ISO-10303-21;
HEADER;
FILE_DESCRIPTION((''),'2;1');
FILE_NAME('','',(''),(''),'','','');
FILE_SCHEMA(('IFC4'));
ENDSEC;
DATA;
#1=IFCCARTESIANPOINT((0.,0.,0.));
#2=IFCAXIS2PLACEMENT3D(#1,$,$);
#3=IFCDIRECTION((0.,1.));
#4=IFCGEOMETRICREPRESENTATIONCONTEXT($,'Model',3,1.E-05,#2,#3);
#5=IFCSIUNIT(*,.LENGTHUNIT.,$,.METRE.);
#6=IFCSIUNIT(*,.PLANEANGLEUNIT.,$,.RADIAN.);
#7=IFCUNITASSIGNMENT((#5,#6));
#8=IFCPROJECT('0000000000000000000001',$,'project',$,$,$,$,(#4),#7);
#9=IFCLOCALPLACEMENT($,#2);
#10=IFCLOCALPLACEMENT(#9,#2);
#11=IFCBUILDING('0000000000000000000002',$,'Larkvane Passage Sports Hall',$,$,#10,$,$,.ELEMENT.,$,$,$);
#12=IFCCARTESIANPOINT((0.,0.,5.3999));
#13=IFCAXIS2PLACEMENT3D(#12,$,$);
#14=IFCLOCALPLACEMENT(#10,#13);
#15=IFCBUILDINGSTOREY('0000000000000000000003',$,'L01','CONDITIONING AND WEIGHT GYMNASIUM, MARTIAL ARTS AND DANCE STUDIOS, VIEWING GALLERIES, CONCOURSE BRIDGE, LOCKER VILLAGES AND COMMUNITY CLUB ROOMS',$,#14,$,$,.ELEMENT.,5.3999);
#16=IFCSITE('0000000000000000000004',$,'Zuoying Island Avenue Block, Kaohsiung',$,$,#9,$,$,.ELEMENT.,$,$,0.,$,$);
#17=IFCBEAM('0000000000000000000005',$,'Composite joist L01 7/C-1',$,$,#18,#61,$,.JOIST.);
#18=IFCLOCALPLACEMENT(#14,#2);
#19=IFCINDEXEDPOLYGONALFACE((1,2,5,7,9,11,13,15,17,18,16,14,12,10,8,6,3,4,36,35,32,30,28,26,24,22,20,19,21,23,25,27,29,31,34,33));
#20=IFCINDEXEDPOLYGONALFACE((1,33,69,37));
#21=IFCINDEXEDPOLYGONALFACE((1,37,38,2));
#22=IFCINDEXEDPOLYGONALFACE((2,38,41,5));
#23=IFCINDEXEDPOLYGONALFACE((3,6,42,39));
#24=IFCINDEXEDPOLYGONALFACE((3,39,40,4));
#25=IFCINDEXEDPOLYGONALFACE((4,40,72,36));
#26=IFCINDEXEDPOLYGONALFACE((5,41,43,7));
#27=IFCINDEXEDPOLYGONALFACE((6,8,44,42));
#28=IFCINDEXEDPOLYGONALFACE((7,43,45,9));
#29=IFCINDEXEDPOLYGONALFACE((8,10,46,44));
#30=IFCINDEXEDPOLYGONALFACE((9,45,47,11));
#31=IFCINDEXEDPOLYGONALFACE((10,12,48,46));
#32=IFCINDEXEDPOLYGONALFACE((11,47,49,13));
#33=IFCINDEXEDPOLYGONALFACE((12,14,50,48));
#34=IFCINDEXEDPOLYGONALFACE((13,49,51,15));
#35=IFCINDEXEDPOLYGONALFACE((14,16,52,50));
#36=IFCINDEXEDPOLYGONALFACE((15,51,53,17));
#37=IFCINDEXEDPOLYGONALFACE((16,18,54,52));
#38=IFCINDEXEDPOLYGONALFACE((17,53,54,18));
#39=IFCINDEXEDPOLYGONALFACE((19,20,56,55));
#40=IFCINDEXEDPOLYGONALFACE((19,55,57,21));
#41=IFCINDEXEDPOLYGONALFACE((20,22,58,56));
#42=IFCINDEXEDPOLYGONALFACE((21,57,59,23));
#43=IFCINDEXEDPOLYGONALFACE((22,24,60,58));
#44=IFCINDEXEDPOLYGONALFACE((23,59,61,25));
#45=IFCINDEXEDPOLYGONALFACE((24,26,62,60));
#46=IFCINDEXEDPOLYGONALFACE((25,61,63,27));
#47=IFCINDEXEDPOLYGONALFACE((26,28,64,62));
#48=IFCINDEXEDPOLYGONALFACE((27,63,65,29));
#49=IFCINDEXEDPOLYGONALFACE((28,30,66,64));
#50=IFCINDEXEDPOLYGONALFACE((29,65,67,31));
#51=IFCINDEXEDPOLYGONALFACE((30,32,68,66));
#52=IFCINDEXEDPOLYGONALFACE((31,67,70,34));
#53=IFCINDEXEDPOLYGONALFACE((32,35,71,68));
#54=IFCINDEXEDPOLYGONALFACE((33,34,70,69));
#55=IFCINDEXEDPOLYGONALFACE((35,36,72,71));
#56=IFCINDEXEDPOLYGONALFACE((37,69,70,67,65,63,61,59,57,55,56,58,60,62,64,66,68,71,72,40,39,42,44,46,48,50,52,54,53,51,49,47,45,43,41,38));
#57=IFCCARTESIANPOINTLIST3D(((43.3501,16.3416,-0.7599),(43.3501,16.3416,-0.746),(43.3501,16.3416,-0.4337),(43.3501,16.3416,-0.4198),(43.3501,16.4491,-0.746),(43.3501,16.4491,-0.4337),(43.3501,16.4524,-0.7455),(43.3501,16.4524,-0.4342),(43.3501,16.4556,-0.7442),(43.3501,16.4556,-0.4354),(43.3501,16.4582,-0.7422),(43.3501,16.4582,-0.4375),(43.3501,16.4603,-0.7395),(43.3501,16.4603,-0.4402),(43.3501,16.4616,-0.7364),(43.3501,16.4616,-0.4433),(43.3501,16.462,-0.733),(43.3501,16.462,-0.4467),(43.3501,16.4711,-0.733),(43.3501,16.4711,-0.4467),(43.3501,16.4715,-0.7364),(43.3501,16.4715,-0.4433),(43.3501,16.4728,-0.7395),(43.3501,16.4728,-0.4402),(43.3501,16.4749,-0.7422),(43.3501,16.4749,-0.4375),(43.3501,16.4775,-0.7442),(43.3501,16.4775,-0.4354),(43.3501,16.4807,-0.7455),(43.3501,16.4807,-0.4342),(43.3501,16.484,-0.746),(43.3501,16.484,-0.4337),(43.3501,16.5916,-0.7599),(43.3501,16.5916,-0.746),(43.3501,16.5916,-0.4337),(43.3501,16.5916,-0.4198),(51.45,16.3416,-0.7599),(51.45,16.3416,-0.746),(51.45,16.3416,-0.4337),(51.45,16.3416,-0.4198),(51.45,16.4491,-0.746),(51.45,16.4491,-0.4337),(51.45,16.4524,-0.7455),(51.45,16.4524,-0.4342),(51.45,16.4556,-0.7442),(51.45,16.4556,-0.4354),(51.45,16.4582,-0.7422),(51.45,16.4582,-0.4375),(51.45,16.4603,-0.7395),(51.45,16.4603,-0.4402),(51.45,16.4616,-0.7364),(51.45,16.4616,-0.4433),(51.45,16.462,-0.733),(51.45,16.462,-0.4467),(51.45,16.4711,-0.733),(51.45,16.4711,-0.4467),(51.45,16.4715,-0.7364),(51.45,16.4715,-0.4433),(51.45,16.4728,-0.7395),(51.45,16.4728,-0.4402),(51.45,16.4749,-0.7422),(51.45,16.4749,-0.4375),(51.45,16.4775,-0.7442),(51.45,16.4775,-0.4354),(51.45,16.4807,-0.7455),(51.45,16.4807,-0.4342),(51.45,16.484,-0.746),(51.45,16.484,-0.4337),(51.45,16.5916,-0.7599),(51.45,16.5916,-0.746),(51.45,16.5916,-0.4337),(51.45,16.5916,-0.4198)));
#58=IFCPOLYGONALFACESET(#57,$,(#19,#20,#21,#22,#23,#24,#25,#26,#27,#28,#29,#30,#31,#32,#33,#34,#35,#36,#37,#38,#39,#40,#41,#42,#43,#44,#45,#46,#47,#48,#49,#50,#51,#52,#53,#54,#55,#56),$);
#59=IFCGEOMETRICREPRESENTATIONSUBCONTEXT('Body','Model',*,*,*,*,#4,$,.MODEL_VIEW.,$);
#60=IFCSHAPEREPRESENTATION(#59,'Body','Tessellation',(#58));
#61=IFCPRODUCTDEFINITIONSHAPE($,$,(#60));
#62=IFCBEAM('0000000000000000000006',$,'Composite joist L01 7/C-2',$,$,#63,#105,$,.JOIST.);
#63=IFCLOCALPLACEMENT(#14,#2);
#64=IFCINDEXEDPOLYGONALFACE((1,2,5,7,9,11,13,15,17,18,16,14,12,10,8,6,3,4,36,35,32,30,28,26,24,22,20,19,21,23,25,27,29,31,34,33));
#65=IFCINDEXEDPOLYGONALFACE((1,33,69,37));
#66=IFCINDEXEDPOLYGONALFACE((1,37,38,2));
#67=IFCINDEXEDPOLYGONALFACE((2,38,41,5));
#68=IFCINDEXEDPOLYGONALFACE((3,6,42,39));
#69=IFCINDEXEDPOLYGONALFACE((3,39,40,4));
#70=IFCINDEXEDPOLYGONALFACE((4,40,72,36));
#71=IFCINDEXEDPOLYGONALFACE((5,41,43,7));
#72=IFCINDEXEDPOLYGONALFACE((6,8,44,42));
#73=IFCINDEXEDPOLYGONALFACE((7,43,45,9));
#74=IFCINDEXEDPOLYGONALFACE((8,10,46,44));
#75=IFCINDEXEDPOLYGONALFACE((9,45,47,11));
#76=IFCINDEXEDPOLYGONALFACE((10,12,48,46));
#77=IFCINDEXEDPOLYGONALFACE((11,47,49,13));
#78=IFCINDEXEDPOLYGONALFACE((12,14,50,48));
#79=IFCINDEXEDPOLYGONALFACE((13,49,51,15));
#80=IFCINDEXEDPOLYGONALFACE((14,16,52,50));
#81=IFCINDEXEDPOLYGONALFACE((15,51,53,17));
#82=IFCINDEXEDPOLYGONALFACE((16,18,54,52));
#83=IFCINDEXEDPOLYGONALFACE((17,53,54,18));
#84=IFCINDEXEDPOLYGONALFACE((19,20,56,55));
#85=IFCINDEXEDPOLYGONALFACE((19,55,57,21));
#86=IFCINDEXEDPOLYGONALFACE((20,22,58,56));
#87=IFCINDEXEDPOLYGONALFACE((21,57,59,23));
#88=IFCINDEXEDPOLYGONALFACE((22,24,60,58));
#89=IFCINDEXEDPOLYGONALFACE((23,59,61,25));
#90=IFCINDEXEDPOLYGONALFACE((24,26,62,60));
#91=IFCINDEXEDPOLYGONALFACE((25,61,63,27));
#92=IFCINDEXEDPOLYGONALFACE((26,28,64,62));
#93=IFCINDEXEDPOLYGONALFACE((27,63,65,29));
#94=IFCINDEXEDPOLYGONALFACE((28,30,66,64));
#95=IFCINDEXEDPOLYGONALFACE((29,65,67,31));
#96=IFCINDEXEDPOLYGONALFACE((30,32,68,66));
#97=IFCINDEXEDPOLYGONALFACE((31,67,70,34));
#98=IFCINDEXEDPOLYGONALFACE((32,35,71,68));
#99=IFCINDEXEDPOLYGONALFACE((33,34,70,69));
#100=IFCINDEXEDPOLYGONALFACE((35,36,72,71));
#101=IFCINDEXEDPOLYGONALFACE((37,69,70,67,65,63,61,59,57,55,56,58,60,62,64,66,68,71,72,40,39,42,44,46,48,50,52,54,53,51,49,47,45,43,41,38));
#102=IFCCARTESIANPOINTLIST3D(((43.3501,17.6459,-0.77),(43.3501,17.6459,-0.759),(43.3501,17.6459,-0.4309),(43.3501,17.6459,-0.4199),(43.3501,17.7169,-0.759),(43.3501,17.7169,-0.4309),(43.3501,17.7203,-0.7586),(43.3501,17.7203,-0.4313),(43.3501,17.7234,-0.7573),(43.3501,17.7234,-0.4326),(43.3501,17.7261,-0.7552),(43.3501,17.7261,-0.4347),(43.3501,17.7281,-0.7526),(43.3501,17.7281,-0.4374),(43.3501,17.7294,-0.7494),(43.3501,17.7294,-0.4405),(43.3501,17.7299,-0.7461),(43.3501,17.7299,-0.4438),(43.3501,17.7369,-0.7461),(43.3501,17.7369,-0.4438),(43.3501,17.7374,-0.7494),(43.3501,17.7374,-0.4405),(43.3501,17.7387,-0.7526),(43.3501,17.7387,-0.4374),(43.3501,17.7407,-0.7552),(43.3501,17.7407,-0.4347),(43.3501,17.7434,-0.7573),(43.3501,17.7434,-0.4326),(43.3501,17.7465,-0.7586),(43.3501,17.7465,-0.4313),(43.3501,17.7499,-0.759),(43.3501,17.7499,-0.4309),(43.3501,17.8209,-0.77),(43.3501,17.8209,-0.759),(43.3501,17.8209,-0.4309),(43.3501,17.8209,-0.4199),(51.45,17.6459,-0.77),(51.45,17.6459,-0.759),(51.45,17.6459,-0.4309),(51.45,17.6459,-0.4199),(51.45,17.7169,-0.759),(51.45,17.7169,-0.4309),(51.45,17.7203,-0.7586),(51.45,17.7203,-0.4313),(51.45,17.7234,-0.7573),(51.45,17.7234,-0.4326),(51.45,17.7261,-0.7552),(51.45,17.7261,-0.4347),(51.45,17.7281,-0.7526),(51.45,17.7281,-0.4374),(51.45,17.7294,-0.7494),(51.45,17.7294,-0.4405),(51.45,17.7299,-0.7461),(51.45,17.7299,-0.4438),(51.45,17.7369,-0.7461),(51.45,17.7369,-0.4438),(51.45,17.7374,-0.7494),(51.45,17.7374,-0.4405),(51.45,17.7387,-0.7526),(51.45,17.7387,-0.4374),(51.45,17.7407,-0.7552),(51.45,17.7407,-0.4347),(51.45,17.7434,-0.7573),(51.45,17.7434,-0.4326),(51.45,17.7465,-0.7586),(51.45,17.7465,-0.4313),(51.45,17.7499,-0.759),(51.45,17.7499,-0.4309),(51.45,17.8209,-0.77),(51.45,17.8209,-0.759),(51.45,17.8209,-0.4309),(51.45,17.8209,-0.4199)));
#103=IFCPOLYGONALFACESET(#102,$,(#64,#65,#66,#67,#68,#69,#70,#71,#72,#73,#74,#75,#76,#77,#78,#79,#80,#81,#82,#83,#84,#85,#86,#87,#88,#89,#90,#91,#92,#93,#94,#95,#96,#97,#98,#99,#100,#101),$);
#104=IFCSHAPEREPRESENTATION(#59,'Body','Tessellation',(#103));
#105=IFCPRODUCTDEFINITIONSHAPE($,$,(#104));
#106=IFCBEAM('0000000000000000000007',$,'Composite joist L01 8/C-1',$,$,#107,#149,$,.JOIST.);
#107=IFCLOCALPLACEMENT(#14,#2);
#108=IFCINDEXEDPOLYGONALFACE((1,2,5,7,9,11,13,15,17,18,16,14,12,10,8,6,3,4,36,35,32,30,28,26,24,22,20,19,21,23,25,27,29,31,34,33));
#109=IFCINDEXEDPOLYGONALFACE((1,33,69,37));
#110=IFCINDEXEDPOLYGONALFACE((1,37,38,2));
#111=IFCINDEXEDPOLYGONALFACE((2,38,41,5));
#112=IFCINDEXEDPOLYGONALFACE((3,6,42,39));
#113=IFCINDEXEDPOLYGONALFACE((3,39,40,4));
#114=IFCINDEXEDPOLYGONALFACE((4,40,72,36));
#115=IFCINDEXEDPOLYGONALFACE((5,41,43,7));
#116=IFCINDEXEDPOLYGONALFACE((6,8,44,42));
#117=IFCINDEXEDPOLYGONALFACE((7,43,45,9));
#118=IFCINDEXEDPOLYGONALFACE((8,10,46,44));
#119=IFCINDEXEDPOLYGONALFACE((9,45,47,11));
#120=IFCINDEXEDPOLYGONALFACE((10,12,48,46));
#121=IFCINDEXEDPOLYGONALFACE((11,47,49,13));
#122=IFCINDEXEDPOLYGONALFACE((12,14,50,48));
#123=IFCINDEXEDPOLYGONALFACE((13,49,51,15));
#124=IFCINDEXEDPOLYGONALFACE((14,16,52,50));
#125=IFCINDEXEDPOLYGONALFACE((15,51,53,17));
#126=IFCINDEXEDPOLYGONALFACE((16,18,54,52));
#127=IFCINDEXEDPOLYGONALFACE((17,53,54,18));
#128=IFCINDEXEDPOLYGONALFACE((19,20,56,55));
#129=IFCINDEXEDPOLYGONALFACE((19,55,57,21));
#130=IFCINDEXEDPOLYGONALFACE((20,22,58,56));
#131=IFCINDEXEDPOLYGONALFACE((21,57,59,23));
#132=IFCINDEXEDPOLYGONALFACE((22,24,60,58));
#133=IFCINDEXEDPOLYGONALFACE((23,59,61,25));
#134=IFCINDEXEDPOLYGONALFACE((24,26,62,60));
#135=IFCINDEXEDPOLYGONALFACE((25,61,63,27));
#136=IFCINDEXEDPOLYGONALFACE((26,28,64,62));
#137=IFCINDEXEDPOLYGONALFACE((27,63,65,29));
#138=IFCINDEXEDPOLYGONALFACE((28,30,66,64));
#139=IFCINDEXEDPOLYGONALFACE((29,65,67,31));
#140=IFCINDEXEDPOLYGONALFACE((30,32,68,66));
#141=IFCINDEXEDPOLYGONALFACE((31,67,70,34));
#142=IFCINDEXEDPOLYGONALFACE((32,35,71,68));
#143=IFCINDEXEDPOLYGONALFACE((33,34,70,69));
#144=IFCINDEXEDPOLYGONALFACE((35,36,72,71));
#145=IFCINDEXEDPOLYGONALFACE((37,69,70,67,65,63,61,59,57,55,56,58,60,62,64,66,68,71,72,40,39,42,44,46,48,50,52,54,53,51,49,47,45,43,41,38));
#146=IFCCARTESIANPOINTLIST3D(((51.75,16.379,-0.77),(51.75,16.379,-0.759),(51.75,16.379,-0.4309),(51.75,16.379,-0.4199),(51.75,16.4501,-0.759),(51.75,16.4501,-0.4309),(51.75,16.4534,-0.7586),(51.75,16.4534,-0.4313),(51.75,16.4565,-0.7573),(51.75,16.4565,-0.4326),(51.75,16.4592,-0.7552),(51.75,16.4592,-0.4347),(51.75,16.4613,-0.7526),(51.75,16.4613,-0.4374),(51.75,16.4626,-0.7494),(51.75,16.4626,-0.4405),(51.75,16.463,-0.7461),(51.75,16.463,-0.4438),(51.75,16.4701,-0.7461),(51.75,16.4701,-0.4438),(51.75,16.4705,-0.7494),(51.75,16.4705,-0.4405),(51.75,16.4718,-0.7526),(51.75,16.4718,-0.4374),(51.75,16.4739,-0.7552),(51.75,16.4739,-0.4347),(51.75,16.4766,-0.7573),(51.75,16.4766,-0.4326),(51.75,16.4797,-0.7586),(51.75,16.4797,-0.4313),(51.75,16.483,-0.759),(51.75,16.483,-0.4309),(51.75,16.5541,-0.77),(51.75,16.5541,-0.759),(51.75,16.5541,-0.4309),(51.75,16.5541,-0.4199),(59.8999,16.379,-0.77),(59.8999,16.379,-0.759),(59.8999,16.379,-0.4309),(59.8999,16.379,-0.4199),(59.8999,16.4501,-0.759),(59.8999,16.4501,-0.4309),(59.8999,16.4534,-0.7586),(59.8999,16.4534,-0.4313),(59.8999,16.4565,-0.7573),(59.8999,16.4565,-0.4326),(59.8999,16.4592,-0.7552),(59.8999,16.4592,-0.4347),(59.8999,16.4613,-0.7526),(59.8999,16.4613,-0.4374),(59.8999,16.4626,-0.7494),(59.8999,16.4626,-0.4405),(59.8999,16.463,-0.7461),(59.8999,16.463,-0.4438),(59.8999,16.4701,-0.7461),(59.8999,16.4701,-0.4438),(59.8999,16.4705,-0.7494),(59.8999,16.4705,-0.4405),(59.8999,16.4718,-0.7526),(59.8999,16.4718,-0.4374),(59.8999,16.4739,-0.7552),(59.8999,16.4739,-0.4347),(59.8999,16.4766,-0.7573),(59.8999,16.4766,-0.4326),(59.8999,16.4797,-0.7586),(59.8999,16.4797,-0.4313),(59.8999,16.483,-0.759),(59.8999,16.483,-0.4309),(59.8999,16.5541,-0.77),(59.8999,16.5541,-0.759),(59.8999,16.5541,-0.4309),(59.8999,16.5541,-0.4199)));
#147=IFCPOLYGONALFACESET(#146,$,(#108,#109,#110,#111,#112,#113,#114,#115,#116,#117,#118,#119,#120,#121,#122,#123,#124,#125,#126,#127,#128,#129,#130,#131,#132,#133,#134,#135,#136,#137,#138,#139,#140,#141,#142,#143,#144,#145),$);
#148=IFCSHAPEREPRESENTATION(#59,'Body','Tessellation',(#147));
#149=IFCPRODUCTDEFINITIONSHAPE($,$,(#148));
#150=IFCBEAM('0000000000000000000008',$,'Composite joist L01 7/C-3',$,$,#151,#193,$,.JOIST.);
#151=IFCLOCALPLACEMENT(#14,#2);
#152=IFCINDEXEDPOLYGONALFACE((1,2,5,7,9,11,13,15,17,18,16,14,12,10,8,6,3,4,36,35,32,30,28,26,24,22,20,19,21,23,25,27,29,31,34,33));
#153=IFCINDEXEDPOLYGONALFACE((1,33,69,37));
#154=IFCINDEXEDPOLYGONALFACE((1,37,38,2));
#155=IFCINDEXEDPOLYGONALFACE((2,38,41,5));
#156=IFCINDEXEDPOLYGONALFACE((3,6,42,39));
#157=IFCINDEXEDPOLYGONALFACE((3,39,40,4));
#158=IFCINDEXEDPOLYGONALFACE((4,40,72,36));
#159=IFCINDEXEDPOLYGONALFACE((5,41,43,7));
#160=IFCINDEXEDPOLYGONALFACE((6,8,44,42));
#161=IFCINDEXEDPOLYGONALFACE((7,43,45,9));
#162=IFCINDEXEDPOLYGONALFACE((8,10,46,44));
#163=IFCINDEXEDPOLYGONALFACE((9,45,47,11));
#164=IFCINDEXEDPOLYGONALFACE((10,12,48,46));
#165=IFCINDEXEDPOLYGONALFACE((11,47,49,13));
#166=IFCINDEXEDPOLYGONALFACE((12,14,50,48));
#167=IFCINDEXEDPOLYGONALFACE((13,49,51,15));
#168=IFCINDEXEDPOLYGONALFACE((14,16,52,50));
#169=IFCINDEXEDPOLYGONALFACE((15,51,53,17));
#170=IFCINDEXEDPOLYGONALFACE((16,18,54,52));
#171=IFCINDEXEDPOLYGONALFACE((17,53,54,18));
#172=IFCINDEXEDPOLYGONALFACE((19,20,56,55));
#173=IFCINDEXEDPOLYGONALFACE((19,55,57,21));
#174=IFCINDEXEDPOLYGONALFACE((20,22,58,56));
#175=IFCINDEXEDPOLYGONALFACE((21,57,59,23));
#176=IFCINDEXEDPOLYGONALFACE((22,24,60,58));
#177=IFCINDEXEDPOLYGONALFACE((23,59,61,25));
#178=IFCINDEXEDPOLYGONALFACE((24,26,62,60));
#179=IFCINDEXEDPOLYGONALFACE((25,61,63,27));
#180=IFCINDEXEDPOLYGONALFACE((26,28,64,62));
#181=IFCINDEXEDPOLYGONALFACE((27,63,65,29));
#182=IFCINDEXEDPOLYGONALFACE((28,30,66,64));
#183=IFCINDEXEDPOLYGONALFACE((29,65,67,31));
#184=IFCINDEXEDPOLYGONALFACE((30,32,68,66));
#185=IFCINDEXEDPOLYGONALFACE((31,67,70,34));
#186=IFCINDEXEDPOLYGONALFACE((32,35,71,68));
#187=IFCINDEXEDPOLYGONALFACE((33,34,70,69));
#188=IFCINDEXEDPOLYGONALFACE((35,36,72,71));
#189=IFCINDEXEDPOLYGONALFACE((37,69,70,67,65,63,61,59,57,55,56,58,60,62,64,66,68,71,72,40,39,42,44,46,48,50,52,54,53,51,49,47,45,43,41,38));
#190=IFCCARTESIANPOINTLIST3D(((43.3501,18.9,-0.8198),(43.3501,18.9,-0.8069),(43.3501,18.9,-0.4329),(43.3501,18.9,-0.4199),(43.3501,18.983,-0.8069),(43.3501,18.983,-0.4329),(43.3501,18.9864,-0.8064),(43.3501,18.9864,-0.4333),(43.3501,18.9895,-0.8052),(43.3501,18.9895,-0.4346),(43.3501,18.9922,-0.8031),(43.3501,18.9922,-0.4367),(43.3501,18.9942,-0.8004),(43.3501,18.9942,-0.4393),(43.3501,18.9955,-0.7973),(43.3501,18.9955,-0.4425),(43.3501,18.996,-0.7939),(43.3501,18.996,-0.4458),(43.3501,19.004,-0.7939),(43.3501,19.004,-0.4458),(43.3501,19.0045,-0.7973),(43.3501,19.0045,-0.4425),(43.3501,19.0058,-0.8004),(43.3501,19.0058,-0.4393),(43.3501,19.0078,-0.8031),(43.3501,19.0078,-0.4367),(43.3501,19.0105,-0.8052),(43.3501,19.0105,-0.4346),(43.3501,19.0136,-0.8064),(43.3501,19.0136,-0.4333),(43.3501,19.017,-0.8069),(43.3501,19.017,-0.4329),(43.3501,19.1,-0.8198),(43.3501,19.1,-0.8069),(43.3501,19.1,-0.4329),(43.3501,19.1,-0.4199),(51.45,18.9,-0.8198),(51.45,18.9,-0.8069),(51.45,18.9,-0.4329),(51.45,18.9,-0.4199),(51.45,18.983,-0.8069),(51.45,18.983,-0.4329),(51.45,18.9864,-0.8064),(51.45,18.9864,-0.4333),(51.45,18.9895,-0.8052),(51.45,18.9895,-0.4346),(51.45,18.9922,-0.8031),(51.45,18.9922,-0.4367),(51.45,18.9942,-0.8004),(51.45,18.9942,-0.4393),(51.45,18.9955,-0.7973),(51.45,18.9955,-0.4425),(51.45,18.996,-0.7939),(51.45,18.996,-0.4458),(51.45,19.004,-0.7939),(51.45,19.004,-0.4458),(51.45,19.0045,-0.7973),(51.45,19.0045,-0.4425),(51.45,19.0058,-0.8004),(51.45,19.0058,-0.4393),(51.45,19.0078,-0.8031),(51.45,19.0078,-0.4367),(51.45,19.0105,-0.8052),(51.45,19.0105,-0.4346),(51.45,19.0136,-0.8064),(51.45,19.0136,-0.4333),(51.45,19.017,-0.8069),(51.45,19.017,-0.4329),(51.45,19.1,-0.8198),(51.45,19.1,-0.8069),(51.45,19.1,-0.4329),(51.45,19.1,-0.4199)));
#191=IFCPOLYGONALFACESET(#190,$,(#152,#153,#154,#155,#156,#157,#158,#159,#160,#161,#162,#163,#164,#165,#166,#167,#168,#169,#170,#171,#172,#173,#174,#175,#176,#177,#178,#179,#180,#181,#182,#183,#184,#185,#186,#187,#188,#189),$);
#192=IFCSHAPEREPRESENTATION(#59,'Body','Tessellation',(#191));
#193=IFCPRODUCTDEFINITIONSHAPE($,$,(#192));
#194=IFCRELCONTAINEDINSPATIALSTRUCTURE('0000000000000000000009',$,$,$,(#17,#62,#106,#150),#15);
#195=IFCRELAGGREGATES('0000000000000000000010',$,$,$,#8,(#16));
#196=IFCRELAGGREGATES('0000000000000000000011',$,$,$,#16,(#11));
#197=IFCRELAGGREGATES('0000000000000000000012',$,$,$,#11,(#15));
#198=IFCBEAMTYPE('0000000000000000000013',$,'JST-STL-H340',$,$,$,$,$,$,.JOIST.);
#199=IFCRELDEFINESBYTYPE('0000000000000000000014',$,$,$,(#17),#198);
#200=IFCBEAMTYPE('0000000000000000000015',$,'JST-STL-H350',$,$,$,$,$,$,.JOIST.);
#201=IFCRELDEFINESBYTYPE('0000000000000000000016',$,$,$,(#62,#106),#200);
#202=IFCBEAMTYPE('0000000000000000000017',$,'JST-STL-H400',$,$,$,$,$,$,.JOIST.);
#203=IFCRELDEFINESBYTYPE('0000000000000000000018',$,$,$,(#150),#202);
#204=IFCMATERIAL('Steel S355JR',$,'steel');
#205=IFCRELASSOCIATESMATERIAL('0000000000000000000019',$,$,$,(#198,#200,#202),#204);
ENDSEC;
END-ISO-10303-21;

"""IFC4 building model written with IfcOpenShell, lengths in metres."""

from ifc_helpers import new_model, si_unit, direction, frame, origin, origin_2d, place, context, subcontext, project, spatial, i_section, extrude, material, material_profile, profile_set, type_object, element, save


model = new_model("IFC4")

# Units and contexts
model_context = context("Model", 3, precision=1e-05, world=origin(), true_north=direction((0.0, 1.0)))
body_context = subcontext(model_context, "Body", "Model", "MODEL_VIEW")
ifc_project = project(units=[si_unit("LENGTHUNIT", "METRE"), si_unit("PLANEANGLEUNIT", "RADIAN")], contexts=[model_context])

# Site, building, storey
site_placement = place(None, origin())
site = spatial("IfcSite", under=ifc_project, at=site_placement, Name="Zuoying Island Avenue Block, Kaohsiung", CompositionType="ELEMENT", RefElevation=0.0)
building_placement = place(site_placement, origin())
building = spatial("IfcBuilding", under=site, at=building_placement, Name="Larkvane Passage Sports Hall", CompositionType="ELEMENT")
storey_placement = place(building_placement, frame((0.0, 0.0, 5.3999)))
storey = spatial("IfcBuildingStorey", under=building, at=storey_placement, Name="L01", Description="CONDITIONING AND WEIGHT GYMNASIUM, MARTIAL ARTS AND DANCE STUDIOS, VIEWING GALLERIES, CONCOURSE BRIDGE, LOCKER VILLAGES AND COMMUNITY CLUB ROOMS", CompositionType="ELEMENT", Elevation=5.3999)

# Shared definitions
ifc_material_1 = material(Name="Steel S355JR", Category="steel")

# Beams
ifc_material_profile_1 = material_profile(ifc_material_1, i_section(OverallWidth=0.25, OverallDepth=0.3401, WebThickness=0.009, FlangeThickness=0.0139, FilletRadius=0.0129, at=origin_2d()), Name="H-340x250x9x14")
ifc_profile_set_1 = profile_set([ifc_material_profile_1], Name="Steel S355JR")
beam_type_1 = type_object("IfcBeamType", Name="JST-STL-H340", PredefinedType="JOIST", material=ifc_profile_set_1)
beam_1_placement = place(storey_placement, frame((43.3501, 16.4666, -0.5898), z_axis=(1.0, 0.0, 0.0), x_axis=(0.0, 1.0, 0.0)))
element("IfcBeam", 1, at=beam_1_placement, inside=storey, type_object=beam_type_1, Name="Composite joist L01 7/C-1", PredefinedType="JOIST", context=body_context, shape_type="SweptSolid", body=[
    extrude(i_section(OverallWidth=0.25, OverallDepth=0.3401, WebThickness=0.009, FlangeThickness=0.0139, FilletRadius=0.0129, at=origin_2d()), origin(), (0.0, 0.0, 1.0), 8.0999),
])
ifc_material_profile_2 = material_profile(ifc_material_1, i_section(OverallWidth=0.175, OverallDepth=0.3501, WebThickness=0.0071, FlangeThickness=0.011, FilletRadius=0.0129, at=origin_2d()), Name="H-350x175x7x11")
ifc_profile_set_2 = profile_set([ifc_material_profile_2], Name="Steel S355JR")
beam_type_2 = type_object("IfcBeamType", Name="JST-STL-H350", PredefinedType="JOIST", material=ifc_profile_set_2)
beam_2_placement = place(storey_placement, frame((43.3501, 17.7334, -0.595), z_axis=(1.0, 0.0, 0.0), x_axis=(0.0, 1.0, 0.0)))
element("IfcBeam", 2, at=beam_2_placement, inside=storey, type_object=beam_type_2, Name="Composite joist L01 7/C-2", PredefinedType="JOIST", context=body_context, shape_type="SweptSolid", body=[
    extrude(i_section(OverallWidth=0.175, OverallDepth=0.3501, WebThickness=0.0071, FlangeThickness=0.011, FilletRadius=0.0129, at=origin_2d()), origin(), (0.0, 0.0, 1.0), 8.0999),
])
beam_3_placement = place(storey_placement, frame((51.75, 16.4666, -0.595), z_axis=(1.0, 0.0, 0.0), x_axis=(0.0, 1.0, 0.0)))
element("IfcBeam", 3, at=beam_3_placement, inside=storey, type_object=beam_type_2, Name="Composite joist L01 8/C-1", PredefinedType="JOIST", context=body_context, shape_type="SweptSolid", body=[
    extrude(i_section(OverallWidth=0.175, OverallDepth=0.3501, WebThickness=0.0071, FlangeThickness=0.011, FilletRadius=0.0129, at=origin_2d()), origin(), (0.0, 0.0, 1.0), 8.1499),
])
ifc_material_profile_3 = material_profile(ifc_material_1, i_section(OverallWidth=0.2, OverallDepth=0.3999, WebThickness=0.0081, FlangeThickness=0.0129, FilletRadius=0.0129, at=origin_2d()), Name="H-400x200x8x13")
ifc_profile_set_3 = profile_set([ifc_material_profile_3], Name="Steel S355JR")
beam_type_3 = type_object("IfcBeamType", Name="JST-STL-H400", PredefinedType="JOIST", material=ifc_profile_set_3)
beam_4_placement = place(storey_placement, frame((43.3501, 19.0, -0.6199), z_axis=(1.0, 0.0, 0.0), x_axis=(0.0, 1.0, 0.0)))
element("IfcBeam", 4, at=beam_4_placement, inside=storey, type_object=beam_type_3, Name="Composite joist L01 7/C-3", PredefinedType="JOIST", context=body_context, shape_type="SweptSolid", body=[
    extrude(i_section(OverallWidth=0.2, OverallDepth=0.3999, WebThickness=0.0081, FlangeThickness=0.0129, FilletRadius=0.0129, at=origin_2d()), origin(), (0.0, 0.0, 1.0), 8.0999),
])

save(model, "model.ifc")
